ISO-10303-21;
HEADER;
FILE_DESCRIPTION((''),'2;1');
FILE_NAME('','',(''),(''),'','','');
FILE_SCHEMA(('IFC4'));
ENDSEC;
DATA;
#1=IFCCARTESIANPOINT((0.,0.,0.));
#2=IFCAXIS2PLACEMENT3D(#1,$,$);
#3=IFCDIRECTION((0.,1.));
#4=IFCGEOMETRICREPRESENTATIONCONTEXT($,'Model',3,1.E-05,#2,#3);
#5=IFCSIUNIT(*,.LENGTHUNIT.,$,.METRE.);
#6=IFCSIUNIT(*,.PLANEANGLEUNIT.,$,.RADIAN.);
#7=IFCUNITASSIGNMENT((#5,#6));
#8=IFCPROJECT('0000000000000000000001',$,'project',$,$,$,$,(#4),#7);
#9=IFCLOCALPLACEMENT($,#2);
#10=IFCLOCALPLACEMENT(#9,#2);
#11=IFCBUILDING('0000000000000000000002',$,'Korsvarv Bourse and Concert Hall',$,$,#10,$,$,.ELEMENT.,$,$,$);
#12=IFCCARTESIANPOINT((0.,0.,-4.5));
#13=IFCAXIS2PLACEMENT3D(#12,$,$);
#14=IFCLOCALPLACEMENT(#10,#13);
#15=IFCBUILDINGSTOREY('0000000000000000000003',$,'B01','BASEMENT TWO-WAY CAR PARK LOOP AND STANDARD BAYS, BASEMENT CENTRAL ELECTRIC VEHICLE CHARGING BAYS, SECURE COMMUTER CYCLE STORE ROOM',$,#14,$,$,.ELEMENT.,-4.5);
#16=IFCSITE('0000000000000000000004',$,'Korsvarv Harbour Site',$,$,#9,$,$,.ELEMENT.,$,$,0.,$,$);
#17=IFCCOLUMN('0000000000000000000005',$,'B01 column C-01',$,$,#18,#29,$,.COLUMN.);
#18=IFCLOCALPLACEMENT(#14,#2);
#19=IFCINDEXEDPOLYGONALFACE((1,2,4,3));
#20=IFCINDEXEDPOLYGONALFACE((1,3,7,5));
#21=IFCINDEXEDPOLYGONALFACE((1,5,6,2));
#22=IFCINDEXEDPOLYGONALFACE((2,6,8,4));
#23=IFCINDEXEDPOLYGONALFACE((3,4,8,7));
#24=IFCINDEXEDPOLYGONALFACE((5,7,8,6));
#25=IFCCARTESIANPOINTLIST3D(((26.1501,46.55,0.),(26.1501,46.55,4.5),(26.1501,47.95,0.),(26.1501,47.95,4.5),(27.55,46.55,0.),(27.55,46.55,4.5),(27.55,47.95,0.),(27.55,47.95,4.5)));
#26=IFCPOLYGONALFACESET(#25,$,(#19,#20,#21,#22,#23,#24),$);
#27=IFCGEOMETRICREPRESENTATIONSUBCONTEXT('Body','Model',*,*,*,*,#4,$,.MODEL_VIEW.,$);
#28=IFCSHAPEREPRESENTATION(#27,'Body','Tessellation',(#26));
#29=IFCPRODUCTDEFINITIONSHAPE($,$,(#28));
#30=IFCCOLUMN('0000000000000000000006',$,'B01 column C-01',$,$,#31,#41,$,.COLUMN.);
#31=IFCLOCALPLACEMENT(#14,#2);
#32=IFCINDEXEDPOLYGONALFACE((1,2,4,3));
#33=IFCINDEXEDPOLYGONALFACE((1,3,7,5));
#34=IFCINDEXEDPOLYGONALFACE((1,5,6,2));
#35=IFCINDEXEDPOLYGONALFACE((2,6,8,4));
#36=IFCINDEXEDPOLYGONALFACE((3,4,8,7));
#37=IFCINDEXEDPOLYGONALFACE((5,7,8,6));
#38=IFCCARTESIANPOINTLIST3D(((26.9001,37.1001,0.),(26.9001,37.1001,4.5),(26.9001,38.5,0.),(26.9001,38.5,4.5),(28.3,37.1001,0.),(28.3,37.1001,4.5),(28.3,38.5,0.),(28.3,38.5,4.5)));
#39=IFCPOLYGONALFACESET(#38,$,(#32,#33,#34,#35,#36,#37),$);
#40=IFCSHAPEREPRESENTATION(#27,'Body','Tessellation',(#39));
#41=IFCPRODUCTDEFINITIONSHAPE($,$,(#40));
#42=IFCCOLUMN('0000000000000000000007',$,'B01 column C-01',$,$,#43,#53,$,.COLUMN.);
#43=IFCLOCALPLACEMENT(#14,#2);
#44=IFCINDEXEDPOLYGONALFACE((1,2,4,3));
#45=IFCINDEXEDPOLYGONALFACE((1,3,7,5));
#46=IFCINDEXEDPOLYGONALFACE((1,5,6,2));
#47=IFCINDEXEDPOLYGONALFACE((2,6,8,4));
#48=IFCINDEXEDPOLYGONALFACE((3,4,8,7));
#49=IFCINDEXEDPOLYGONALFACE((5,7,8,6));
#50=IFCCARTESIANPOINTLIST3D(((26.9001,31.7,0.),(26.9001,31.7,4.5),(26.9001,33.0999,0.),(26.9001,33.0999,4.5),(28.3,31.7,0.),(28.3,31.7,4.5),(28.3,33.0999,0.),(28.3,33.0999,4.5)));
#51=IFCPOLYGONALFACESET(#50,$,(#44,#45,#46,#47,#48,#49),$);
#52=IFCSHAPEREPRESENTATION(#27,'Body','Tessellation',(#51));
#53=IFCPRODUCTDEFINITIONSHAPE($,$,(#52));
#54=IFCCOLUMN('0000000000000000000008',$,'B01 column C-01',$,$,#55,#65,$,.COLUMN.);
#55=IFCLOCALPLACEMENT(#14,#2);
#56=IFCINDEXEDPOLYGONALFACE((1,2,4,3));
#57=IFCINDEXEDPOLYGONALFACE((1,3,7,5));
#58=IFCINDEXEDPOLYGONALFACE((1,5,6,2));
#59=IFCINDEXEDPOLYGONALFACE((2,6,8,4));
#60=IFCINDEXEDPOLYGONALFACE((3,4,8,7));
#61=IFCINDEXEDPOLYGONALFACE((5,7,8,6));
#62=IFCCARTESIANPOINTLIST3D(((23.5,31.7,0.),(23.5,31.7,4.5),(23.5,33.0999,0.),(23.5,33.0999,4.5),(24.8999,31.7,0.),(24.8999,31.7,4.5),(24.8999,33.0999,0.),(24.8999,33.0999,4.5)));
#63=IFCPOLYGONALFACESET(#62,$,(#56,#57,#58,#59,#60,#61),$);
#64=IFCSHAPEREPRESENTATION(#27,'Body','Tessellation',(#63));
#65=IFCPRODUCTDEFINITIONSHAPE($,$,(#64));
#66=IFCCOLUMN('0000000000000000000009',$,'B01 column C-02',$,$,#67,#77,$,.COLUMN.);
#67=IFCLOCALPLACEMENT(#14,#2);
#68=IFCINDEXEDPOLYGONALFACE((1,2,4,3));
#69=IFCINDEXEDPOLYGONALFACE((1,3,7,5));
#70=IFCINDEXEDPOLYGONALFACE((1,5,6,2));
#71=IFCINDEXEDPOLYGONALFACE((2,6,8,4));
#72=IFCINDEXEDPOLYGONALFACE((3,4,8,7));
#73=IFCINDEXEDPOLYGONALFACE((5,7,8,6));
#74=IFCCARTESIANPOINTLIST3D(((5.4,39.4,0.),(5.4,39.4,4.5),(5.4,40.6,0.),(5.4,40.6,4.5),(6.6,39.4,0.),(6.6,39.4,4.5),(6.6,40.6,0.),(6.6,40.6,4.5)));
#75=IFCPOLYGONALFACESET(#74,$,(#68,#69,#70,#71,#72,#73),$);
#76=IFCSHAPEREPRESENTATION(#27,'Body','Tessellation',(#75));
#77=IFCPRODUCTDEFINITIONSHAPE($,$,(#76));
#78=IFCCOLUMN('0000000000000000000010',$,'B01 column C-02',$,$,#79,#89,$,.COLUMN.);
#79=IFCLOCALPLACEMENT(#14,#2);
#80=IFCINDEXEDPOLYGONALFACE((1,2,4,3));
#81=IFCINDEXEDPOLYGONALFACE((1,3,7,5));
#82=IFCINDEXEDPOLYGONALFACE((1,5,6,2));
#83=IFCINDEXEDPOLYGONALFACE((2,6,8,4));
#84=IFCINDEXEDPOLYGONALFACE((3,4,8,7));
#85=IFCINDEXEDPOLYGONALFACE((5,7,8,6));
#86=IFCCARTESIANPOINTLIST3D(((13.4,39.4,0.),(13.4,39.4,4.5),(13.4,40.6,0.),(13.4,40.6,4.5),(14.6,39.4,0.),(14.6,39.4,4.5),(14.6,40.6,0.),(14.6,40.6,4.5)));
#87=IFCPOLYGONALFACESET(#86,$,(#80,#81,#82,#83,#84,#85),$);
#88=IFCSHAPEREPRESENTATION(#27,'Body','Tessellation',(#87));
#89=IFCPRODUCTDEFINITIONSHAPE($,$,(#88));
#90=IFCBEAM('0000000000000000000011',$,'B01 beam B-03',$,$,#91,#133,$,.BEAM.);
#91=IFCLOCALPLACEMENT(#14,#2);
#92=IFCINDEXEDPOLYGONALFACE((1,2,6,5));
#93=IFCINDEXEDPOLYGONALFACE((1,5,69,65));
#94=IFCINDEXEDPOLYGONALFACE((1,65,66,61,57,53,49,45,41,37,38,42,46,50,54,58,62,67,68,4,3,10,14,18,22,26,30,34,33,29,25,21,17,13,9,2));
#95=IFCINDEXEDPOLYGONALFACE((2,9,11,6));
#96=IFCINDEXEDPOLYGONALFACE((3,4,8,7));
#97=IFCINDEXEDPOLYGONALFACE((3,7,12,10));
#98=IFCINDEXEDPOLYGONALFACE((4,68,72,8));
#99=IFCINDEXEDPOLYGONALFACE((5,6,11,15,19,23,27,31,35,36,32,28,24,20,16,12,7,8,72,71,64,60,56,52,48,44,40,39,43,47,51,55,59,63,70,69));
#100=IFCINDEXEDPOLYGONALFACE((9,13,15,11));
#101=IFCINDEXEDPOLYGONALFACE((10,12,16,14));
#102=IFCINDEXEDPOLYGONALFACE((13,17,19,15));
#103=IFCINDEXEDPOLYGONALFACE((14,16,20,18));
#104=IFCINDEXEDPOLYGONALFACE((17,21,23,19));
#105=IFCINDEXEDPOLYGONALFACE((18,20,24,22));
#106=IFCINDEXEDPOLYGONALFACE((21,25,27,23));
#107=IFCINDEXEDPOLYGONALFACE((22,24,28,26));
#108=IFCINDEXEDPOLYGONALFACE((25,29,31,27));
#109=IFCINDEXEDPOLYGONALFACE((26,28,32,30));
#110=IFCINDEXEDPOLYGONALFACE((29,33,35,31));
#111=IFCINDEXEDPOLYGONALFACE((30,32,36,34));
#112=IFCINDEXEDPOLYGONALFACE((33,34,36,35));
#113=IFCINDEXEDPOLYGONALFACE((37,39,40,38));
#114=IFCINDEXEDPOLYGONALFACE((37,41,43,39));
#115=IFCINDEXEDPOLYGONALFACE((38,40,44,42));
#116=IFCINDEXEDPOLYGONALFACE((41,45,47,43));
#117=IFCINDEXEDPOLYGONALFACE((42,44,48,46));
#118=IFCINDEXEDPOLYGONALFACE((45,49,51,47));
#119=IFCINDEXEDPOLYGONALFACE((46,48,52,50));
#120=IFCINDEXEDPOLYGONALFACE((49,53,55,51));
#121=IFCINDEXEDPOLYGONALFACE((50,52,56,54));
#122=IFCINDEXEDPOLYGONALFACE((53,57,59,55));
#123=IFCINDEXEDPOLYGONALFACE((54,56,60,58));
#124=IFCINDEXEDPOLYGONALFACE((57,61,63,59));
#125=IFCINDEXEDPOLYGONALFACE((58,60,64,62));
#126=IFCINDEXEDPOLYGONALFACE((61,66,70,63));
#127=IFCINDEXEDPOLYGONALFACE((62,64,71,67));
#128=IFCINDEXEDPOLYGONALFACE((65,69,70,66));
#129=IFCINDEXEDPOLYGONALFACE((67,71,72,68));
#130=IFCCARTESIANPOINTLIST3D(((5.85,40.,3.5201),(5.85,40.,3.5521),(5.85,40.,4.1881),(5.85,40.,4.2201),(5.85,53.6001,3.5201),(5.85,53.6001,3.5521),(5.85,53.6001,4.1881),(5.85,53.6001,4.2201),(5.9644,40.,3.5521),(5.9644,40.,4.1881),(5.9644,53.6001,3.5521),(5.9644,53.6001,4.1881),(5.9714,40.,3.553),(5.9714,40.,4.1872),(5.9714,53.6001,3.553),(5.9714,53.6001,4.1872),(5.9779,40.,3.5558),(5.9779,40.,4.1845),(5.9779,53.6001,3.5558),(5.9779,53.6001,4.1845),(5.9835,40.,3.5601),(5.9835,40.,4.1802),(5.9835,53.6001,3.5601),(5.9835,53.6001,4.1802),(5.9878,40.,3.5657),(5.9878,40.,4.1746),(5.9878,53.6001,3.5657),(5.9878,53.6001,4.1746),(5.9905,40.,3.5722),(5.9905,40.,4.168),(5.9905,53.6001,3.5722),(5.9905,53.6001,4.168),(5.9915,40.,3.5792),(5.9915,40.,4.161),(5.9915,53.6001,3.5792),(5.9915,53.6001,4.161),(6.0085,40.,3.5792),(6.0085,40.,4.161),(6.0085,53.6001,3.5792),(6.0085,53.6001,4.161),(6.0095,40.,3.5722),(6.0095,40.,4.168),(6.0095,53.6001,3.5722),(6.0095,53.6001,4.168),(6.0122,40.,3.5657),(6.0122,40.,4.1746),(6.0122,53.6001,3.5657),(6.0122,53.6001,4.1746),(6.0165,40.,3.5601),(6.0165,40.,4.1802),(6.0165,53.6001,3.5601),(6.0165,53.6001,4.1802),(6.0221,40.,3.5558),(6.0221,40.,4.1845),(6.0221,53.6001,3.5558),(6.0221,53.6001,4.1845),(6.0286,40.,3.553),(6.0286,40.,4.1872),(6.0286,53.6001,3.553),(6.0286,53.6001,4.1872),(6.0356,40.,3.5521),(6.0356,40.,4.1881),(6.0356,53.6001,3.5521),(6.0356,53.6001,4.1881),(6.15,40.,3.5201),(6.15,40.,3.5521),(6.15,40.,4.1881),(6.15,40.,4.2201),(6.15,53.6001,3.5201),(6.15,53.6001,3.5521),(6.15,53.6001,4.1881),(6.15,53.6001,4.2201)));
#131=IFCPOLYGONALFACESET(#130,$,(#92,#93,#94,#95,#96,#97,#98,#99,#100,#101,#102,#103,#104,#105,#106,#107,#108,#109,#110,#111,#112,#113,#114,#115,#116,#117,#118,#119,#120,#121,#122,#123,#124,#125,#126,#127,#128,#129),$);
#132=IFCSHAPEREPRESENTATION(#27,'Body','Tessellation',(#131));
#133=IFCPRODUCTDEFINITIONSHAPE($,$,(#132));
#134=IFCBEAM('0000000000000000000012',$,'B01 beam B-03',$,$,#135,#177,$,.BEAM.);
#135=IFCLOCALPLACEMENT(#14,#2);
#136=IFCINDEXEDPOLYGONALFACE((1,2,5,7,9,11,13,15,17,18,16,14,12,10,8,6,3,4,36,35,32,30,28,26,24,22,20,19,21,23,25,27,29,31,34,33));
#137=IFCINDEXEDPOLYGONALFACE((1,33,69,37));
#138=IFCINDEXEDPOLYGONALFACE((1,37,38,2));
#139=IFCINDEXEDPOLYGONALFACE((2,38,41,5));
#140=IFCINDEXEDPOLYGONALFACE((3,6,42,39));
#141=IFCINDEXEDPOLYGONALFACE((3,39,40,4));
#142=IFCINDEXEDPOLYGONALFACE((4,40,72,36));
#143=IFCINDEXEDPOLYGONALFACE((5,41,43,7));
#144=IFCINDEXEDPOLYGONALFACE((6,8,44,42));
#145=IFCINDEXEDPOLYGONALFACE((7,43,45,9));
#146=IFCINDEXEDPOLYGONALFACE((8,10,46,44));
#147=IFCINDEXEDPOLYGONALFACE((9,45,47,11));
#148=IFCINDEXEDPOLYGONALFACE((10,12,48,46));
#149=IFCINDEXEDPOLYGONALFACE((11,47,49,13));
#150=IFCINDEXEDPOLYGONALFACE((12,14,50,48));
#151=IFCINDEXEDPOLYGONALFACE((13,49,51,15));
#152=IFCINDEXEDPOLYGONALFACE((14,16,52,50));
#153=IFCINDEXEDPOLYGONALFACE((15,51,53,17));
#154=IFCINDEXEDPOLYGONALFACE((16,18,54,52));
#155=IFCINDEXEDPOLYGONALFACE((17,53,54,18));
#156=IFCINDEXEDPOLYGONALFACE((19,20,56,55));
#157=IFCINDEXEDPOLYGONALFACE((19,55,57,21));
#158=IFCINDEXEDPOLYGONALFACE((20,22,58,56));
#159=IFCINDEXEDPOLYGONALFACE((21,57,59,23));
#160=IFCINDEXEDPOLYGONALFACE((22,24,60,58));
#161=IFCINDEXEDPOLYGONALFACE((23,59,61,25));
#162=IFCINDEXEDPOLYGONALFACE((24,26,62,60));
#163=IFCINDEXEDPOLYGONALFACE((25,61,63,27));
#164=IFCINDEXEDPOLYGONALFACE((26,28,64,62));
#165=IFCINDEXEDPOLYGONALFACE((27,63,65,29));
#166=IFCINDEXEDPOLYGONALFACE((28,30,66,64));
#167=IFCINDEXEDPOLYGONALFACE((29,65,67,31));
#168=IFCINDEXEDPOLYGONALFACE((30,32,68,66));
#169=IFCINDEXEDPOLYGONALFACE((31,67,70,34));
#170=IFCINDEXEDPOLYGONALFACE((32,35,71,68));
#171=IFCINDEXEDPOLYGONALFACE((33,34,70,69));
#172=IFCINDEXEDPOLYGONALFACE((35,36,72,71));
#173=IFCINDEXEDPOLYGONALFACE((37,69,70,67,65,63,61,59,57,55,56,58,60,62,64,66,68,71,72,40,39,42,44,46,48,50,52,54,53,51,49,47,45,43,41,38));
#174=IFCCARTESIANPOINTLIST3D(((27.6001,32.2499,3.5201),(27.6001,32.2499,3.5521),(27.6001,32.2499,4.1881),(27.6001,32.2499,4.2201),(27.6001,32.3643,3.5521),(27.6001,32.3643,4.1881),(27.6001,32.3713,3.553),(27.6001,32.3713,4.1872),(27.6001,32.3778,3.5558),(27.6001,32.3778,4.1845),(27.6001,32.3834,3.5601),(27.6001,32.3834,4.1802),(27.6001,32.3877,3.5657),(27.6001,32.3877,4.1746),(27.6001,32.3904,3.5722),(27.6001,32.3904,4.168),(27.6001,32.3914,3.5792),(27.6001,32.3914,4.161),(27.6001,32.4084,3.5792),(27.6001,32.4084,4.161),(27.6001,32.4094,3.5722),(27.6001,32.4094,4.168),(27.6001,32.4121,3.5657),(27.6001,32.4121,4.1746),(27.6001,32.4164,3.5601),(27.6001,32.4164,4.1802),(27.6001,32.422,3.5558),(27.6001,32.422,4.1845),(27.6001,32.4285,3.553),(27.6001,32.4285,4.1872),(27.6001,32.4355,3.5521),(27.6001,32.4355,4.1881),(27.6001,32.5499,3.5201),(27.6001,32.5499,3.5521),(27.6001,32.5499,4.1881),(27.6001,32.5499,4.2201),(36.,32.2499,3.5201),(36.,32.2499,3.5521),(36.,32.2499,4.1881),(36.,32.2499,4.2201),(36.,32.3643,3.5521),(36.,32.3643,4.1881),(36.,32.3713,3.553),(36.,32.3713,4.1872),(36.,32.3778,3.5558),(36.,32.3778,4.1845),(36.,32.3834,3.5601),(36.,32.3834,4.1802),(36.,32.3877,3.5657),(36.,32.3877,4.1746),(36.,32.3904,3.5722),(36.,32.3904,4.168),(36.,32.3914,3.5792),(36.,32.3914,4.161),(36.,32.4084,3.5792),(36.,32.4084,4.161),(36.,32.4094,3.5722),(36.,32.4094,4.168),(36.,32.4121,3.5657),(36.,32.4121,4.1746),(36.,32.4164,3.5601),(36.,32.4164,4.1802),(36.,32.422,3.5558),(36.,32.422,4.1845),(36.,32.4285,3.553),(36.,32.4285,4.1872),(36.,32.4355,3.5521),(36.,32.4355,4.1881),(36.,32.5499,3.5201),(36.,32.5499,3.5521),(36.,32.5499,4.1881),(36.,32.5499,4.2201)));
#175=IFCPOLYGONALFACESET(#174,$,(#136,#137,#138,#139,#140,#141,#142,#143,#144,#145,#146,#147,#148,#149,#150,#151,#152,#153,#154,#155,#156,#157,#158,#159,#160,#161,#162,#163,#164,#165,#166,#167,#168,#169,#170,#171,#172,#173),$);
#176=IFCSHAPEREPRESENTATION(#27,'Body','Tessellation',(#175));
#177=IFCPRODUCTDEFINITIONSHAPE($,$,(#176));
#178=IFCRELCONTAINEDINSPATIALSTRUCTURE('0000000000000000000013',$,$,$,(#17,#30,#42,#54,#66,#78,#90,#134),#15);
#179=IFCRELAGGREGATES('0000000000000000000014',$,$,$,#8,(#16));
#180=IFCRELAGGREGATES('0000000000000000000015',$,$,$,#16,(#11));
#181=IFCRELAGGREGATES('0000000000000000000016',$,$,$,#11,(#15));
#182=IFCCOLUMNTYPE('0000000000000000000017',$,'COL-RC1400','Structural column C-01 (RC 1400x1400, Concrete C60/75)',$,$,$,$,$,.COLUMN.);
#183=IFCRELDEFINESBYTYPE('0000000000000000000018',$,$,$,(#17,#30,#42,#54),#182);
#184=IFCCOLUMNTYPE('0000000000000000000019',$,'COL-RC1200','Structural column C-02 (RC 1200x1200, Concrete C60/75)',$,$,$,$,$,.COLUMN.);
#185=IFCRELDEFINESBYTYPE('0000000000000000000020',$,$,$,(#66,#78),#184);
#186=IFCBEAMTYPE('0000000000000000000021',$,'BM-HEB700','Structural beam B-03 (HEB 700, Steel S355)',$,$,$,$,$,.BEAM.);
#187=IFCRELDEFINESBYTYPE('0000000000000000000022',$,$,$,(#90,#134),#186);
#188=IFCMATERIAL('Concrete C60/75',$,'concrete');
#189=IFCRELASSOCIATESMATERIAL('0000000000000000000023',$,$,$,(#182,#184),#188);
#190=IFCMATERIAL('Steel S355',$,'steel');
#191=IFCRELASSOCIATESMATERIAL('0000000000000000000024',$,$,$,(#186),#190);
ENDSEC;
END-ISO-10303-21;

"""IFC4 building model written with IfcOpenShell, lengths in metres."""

from ifc_helpers import new_model, si_unit, direction, frame, origin, origin_2d, place, context, subcontext, project, spatial, rectangle, i_section, extrude, source, transform, mapped, material, material_profile, profile_set, type_object, element, save


model = new_model("IFC4")

# Units and contexts
model_context = context("Model", 3, precision=1e-05, world=origin(), true_north=direction((0.0, 1.0)))
body_context = subcontext(model_context, "Body", "Model", "MODEL_VIEW")
ifc_project = project(units=[si_unit("LENGTHUNIT", "METRE"), si_unit("PLANEANGLEUNIT", "RADIAN")], contexts=[model_context])

# Site, building, storey
site_placement = place(None, origin())
site = spatial("IfcSite", under=ifc_project, at=site_placement, Name="Korsvarv Harbour Site", CompositionType="ELEMENT", RefElevation=0.0)
building_placement = place(site_placement, origin())
building = spatial("IfcBuilding", under=site, at=building_placement, Name="Korsvarv Bourse and Concert Hall", CompositionType="ELEMENT")
storey_placement = place(building_placement, frame((0.0, 0.0, -4.5)))
storey = spatial("IfcBuildingStorey", under=building, at=storey_placement, Name="B01", Description="BASEMENT TWO-WAY CAR PARK LOOP AND STANDARD BAYS, BASEMENT CENTRAL ELECTRIC VEHICLE CHARGING BAYS, SECURE COMMUTER CYCLE STORE ROOM", CompositionType="ELEMENT", Elevation=-4.5)

# Columns
ifc_material_1 = material(Name="Concrete C60/75", Category="concrete")
ifc_material_profile_1 = material_profile(ifc_material_1, rectangle(XDim=1.3999, YDim=1.3999, at=origin_2d()), Name="RC 1400x1400")
ifc_profile_set_1 = profile_set([ifc_material_profile_1], Name="Concrete C60/75")
column_type_1 = type_object("IfcColumnType", Name="COL-RC1400", Description="Structural column C-01 (RC 1400x1400, Concrete C60/75)", PredefinedType="COLUMN", material=ifc_profile_set_1)
shared_shape_1 = source(origin(), body_context, "Body", "SweptSolid", [
    extrude(rectangle(XDim=1.3999, YDim=1.3999, at=origin_2d()), origin(), (0.0, 0.0, 1.0), 4.5),
])
for number, where, z_axis, x_axis, name in (
    (1, (26.8501, 47.25, 0.0), (0.0, 0.0, 1.0), (1.0, 0.0, 0.0), "B01 column C-01"),
    (2, (27.6001, 37.8, 0.0), (0.0, 0.0, 1.0), (1.0, 0.0, 0.0), "B01 column C-01"),
    (3, (27.6001, 32.3999, 0.0), (0.0, 0.0, 1.0), (1.0, 0.0, 0.0), "B01 column C-01"),
    (4, (24.2, 32.3999, 0.0), (0.0, 0.0, 1.0), (1.0, 0.0, 0.0), "B01 column C-01"),
):
    element("IfcColumn", number, at=place(storey_placement, frame(where, z_axis=z_axis, x_axis=x_axis)), inside=storey, type_object=column_type_1, Name=name, PredefinedType="COLUMN", context=body_context, shape_type="MappedRepresentation", body=[
        mapped(shared_shape_1, transform((0.0, 0.0, 0.0), scale=1.0)),
    ])
ifc_material_profile_2 = material_profile(ifc_material_1, rectangle(XDim=1.2, YDim=1.2, at=origin_2d()), Name="RC 1200x1200")
ifc_profile_set_2 = profile_set([ifc_material_profile_2], Name="Concrete C60/75")
column_type_2 = type_object("IfcColumnType", Name="COL-RC1200", Description="Structural column C-02 (RC 1200x1200, Concrete C60/75)", PredefinedType="COLUMN", material=ifc_profile_set_2)
shared_shape_2 = source(origin(), body_context, "Body", "SweptSolid", [
    extrude(rectangle(XDim=1.2, YDim=1.2, at=origin_2d()), origin(), (0.0, 0.0, 1.0), 4.5),
])
for number, where, z_axis, x_axis, name in (
    (5, (6.0, 40.0, 0.0), (0.0, 0.0, 1.0), (1.0, 0.0, 0.0), "B01 column C-02"),
    (6, (14.0, 40.0, 0.0), (0.0, 0.0, 1.0), (1.0, 0.0, 0.0), "B01 column C-02"),
):
    element("IfcColumn", number, at=place(storey_placement, frame(where, z_axis=z_axis, x_axis=x_axis)), inside=storey, type_object=column_type_2, Name=name, PredefinedType="COLUMN", context=body_context, shape_type="MappedRepresentation", body=[
        mapped(shared_shape_2, transform((0.0, 0.0, 0.0), scale=1.0)),
    ])

# Beams
ifc_material_2 = material(Name="Steel S355", Category="steel")
ifc_material_profile_3 = material_profile(ifc_material_2, i_section(OverallWidth=0.3, OverallDepth=0.7, WebThickness=0.0171, FlangeThickness=0.032, FilletRadius=0.0271, at=origin_2d()), Name="HEB 700")
ifc_profile_set_3 = profile_set([ifc_material_profile_3], Name="Steel S355")
beam_type = type_object("IfcBeamType", Name="BM-HEB700", Description="Structural beam B-03 (HEB 700, Steel S355)", PredefinedType="BEAM", material=ifc_profile_set_3)
shared_shape_3 = source(origin(), body_context, "Body", "SweptSolid", [
    extrude(i_section(OverallWidth=0.3, OverallDepth=0.7, WebThickness=0.0171, FlangeThickness=0.032, FilletRadius=0.0271, at=origin_2d()), origin(), (0.0, 0.0, 1.0), 13.6001),
])
beam_1_placement = place(storey_placement, frame((6.0, 40.0, 3.8701), z_axis=(0.0, 1.0, 0.0), x_axis=(-1.0, 0.0, 0.0)))
element("IfcBeam", 7, at=beam_1_placement, inside=storey, type_object=beam_type, Name="B01 beam B-03", PredefinedType="BEAM", context=body_context, shape_type="MappedRepresentation", body=[
    mapped(shared_shape_3, transform((0.0, 0.0, 0.0), scale=1.0)),
])
shared_shape_4 = source(origin(), body_context, "Body", "SweptSolid", [
    extrude(i_section(OverallWidth=0.3, OverallDepth=0.7, WebThickness=0.0171, FlangeThickness=0.032, FilletRadius=0.0271, at=origin_2d()), origin(), (0.0, 0.0, 1.0), 8.3999),
])
beam_2_placement = place(storey_placement, frame((27.6001, 32.3999, 3.8701), z_axis=(1.0, 0.0, 0.0), x_axis=(0.0, 1.0, 0.0)))
element("IfcBeam", 8, at=beam_2_placement, inside=storey, type_object=beam_type, Name="B01 beam B-03", PredefinedType="BEAM", context=body_context, shape_type="MappedRepresentation", body=[
    mapped(shared_shape_4, transform((0.0, 0.0, 0.0), scale=1.0)),
])

save(model, "model.ifc")
